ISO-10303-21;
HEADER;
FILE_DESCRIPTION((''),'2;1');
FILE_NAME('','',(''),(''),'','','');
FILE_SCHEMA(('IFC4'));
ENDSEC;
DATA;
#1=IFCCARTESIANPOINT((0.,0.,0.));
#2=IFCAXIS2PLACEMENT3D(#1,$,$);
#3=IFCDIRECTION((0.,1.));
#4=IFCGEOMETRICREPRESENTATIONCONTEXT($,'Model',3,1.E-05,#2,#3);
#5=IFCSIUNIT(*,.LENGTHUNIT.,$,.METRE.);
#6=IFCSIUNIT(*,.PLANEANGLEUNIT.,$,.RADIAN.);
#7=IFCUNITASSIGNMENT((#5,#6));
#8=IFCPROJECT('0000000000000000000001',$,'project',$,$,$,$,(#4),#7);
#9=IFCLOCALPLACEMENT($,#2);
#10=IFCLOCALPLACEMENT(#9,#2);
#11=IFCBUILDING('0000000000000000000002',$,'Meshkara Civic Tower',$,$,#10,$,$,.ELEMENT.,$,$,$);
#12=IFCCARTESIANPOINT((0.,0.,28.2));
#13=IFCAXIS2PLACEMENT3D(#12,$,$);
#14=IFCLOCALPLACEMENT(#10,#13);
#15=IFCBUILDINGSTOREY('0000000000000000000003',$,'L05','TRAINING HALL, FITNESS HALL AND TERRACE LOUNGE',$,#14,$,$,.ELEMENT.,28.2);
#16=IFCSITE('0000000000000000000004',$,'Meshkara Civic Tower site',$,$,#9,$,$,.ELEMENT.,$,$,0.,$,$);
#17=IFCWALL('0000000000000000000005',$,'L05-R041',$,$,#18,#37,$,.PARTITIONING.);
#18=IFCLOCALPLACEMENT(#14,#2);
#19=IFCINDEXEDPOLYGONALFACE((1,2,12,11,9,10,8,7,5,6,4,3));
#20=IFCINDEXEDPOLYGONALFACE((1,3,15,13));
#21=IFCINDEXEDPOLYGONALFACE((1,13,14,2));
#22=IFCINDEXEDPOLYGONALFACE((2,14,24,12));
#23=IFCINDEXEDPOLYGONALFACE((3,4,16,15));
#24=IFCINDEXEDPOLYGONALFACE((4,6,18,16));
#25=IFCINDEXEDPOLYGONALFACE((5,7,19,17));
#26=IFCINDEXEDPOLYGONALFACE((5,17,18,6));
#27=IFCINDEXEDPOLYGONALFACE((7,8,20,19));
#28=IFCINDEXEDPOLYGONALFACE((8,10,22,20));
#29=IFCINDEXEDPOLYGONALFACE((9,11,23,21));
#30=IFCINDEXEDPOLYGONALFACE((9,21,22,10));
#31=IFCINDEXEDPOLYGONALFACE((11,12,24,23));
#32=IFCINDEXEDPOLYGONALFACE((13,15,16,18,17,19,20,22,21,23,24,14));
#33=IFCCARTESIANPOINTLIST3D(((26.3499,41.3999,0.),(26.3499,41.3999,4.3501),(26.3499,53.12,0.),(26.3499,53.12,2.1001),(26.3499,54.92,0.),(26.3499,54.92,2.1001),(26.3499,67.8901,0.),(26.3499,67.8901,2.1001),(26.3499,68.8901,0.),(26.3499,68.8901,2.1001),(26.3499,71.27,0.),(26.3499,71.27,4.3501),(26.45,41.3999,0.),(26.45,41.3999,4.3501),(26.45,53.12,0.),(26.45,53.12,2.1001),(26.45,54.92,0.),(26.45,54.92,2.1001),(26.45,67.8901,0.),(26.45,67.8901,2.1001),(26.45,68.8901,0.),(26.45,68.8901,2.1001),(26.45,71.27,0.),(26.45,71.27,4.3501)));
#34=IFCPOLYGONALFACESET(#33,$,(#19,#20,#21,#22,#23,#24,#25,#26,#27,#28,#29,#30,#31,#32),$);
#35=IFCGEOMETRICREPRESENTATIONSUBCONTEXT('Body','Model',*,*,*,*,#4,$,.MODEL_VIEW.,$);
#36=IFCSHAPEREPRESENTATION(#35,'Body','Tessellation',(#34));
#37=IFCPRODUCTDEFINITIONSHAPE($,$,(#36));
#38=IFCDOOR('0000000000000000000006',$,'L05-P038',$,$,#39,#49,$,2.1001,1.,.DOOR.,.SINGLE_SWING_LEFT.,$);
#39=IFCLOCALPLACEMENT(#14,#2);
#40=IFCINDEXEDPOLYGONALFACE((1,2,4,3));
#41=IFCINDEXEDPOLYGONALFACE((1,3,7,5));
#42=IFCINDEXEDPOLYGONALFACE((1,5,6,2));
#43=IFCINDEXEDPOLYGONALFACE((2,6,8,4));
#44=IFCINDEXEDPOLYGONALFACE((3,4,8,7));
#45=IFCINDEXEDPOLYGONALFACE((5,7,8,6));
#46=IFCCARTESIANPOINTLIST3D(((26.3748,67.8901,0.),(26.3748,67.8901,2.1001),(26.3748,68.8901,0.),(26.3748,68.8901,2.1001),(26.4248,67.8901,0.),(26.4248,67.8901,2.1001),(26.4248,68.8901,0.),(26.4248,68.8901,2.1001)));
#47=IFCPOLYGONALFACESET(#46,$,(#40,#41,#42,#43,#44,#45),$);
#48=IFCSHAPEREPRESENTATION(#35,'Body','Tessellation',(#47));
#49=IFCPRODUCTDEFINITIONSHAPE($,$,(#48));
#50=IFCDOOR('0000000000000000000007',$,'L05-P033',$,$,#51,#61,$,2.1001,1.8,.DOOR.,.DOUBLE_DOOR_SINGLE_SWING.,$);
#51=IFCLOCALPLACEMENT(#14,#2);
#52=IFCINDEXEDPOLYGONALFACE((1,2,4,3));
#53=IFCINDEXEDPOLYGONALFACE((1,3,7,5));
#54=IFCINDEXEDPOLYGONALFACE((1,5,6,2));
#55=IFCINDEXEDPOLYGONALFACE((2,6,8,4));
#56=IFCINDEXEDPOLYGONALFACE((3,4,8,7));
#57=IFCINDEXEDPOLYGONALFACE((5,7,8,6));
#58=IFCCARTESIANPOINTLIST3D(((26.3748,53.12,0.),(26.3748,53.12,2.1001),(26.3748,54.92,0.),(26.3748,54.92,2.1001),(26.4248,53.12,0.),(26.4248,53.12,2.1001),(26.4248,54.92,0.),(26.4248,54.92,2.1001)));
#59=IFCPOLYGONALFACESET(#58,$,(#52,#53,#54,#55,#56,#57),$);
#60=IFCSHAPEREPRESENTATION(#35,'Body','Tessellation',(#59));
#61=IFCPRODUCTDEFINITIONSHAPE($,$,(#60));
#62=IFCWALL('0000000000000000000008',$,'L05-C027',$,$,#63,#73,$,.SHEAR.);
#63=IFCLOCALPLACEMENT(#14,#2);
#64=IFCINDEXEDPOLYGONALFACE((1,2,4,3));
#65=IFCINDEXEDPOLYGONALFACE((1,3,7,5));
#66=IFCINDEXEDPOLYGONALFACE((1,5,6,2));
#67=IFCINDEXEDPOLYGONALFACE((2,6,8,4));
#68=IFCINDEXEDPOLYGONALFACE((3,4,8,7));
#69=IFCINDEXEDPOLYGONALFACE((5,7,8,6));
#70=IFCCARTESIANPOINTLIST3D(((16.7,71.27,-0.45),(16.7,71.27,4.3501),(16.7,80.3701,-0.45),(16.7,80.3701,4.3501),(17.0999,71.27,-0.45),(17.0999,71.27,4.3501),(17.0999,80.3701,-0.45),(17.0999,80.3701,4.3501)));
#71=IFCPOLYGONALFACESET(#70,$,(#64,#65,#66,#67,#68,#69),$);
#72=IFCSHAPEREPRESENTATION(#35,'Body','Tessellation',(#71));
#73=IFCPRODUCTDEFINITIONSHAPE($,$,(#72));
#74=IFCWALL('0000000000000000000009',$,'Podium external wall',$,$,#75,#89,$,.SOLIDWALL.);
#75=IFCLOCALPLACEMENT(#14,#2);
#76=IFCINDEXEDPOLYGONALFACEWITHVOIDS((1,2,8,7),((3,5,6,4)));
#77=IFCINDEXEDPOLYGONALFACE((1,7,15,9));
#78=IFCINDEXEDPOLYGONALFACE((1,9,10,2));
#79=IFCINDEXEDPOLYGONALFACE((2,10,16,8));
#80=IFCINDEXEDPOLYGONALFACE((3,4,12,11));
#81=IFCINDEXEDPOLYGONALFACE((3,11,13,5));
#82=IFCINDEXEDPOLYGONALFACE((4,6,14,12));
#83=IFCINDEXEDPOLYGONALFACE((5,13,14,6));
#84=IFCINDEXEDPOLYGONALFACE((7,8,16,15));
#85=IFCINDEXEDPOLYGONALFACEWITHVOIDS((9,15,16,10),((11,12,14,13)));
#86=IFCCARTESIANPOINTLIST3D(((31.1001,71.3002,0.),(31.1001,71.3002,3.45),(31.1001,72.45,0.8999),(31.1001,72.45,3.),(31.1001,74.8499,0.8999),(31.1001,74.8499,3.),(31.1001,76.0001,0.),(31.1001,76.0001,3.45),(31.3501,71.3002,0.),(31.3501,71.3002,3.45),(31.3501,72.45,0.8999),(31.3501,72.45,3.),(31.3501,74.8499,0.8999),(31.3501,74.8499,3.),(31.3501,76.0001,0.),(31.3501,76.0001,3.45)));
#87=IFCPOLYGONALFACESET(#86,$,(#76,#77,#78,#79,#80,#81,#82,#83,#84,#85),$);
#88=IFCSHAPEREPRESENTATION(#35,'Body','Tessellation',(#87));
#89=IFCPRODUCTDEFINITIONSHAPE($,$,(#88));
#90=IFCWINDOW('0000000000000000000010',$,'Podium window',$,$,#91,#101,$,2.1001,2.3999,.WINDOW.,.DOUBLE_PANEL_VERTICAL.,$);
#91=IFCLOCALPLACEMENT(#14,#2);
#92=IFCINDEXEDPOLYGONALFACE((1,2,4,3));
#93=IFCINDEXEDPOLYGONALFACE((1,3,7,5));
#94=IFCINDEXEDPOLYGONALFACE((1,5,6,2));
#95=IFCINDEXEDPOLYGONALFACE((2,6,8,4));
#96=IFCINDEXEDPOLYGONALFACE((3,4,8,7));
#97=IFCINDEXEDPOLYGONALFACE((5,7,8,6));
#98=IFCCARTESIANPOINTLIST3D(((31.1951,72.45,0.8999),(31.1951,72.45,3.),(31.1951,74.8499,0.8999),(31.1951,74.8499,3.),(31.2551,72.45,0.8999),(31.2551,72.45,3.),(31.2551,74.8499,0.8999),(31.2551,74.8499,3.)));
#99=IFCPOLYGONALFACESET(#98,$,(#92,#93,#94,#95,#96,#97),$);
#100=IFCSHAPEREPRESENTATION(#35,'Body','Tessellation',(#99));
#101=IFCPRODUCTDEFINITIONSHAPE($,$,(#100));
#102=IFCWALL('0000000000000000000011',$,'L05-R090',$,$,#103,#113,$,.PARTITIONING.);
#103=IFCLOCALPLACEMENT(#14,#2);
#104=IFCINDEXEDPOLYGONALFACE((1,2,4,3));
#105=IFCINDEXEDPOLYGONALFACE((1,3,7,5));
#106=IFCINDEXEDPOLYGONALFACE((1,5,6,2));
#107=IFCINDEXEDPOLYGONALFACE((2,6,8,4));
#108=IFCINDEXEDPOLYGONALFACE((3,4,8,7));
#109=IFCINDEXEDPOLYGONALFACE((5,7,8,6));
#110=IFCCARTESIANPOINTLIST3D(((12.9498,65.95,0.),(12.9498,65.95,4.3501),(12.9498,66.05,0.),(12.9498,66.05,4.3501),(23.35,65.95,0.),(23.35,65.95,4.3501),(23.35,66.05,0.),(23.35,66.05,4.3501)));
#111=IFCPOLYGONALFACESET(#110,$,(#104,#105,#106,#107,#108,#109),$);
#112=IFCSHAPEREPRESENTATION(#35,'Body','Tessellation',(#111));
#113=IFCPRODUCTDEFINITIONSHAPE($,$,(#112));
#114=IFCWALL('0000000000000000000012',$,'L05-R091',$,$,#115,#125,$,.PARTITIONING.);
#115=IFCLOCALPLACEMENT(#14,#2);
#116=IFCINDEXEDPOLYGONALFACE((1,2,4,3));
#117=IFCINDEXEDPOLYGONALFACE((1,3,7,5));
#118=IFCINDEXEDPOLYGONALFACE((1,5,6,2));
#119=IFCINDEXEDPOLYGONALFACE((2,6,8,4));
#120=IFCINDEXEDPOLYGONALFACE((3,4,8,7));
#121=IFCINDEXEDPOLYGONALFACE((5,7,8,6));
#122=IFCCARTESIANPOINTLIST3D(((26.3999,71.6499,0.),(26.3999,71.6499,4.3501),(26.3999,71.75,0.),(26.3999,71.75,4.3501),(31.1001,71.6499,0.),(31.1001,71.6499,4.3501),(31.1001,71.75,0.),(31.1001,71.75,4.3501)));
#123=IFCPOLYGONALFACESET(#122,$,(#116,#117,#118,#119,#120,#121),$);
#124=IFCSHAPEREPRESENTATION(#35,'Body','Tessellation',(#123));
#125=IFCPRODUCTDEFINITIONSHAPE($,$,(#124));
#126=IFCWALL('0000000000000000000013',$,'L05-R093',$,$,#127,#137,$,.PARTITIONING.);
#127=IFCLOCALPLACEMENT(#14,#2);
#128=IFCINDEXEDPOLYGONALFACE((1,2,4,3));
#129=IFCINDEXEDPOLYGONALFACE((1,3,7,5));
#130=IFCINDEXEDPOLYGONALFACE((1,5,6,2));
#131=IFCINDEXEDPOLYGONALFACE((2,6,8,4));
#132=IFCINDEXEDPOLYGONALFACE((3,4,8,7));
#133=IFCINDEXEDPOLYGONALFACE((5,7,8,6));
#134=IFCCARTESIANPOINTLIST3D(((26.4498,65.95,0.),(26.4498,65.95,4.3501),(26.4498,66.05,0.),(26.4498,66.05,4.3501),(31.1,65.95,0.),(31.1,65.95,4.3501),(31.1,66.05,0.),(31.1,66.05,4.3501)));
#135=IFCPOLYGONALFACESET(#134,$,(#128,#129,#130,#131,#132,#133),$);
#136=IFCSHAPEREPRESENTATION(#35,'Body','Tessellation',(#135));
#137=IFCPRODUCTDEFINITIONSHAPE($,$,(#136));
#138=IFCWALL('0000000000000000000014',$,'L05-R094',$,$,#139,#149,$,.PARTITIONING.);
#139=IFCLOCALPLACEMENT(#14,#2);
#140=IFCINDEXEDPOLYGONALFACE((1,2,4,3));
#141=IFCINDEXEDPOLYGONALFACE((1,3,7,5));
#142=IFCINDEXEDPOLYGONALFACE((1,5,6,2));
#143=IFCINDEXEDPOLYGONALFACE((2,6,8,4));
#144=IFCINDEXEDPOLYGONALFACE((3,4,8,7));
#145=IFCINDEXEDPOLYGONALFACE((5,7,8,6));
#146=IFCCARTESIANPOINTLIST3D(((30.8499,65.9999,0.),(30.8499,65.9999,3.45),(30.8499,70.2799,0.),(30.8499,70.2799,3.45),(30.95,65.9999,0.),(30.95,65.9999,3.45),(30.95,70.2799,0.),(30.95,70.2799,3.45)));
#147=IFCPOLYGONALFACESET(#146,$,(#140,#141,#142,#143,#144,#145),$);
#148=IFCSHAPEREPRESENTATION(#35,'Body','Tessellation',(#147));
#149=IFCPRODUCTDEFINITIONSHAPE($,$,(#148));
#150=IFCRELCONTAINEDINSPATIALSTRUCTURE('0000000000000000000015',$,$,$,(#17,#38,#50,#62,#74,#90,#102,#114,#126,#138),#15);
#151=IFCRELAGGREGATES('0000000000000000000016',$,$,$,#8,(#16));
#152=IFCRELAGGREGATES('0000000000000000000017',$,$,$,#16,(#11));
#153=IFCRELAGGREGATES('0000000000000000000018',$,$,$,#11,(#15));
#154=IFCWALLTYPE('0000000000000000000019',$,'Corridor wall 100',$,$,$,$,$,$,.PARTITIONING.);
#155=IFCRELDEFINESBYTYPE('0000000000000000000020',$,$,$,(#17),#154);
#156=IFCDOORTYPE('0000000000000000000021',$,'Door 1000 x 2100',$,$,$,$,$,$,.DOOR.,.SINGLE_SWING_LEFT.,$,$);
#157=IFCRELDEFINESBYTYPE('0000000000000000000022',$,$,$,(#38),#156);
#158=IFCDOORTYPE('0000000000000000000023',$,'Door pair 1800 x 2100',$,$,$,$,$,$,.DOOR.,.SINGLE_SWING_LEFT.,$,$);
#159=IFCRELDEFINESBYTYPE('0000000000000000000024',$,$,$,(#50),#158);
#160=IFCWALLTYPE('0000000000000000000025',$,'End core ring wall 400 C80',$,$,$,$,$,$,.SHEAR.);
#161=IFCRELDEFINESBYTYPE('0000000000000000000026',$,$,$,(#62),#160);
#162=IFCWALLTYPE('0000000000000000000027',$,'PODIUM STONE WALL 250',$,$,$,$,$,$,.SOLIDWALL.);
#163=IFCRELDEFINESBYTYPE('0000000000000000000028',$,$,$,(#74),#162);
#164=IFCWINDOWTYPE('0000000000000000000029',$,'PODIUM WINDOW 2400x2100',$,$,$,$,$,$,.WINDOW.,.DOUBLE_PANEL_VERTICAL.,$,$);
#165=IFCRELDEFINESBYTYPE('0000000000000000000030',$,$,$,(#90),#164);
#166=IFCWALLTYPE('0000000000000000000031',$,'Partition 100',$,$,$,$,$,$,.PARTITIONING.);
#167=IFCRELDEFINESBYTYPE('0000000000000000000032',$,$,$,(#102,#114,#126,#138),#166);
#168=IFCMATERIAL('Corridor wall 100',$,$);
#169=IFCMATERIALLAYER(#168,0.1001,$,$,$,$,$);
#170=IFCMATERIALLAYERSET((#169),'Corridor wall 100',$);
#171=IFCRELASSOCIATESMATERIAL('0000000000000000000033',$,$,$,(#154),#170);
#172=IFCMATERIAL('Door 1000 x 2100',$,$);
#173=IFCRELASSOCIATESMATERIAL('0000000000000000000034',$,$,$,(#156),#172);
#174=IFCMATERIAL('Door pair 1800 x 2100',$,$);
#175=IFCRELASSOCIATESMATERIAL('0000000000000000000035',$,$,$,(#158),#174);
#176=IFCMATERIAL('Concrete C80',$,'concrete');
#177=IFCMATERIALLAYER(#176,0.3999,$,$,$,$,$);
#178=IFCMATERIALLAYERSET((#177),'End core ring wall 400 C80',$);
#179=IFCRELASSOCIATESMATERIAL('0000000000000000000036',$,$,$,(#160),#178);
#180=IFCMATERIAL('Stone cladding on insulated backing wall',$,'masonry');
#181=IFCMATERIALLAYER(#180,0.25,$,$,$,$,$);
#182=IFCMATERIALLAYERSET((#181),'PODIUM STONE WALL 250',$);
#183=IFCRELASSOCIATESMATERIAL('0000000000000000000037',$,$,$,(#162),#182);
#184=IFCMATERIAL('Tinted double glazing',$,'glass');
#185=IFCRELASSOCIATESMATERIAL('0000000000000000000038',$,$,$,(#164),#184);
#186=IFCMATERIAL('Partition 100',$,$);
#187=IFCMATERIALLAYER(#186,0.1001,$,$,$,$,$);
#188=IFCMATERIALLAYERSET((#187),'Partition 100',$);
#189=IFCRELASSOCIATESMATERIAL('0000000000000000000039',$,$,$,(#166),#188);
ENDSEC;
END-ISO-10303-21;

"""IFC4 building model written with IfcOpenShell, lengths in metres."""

from ifc_helpers import new_model, si_unit, direction, frame, frame_2d, origin, place, context, subcontext, project, spatial, rectangle, extrude, material, layer, layer_set, type_object, element, fill, save


model = new_model("IFC4")

# Units and contexts
model_context = context("Model", 3, precision=1e-05, world=origin(), true_north=direction((0.0, 1.0)))
body_context = subcontext(model_context, "Body", "Model", "MODEL_VIEW")
ifc_project = project(units=[si_unit("LENGTHUNIT", "METRE"), si_unit("PLANEANGLEUNIT", "RADIAN")], contexts=[model_context])

# Site, building, storey
site_placement = place(None, origin())
site = spatial("IfcSite", under=ifc_project, at=site_placement, Name="Meshkara Civic Tower site", CompositionType="ELEMENT", RefElevation=0.0)
building_placement = place(site_placement, origin())
building = spatial("IfcBuilding", under=site, at=building_placement, Name="Meshkara Civic Tower", CompositionType="ELEMENT")
storey_placement = place(building_placement, frame((0.0, 0.0, 28.2)))
storey = spatial("IfcBuildingStorey", under=building, at=storey_placement, Name="L05", Description="TRAINING HALL, FITNESS HALL AND TERRACE LOUNGE", CompositionType="ELEMENT", Elevation=28.2)

# Shared definitions
ifc_material_1 = material(Name="Corridor wall 100")
ifc_layer_1 = layer(ifc_material_1, 0.1001)
ifc_layer_set_1 = layer_set([ifc_layer_1], Name="Corridor wall 100")
wall_type_1 = type_object("IfcWallType", Name="Corridor wall 100", PredefinedType="PARTITIONING", material=ifc_layer_set_1)
ifc_material_2 = material(Name="Door 1000 x 2100")
door_type_1 = type_object("IfcDoorType", Name="Door 1000 x 2100", OperationType="SINGLE_SWING_LEFT", PredefinedType="DOOR", material=ifc_material_2)

# Wall, openings, doors
wall_1_placement = place(storey_placement, frame((26.3999, 71.27, 0.0), z_axis=(0.0, 0.0, 1.0), x_axis=(0.0, -1.0, 0.0)))
wall_1 = element("IfcWall", 1, at=wall_1_placement, inside=storey, type_object=wall_type_1, Name="L05-R041", PredefinedType="PARTITIONING", context=body_context, shape_type="SweptSolid", body=[
    extrude(rectangle(XDim=29.8701, YDim=0.1001, at=frame_2d((14.9351, 0.0))), origin(), (0.0, 0.0, 1.0), 4.3501),
])
opening_1_placement = place(wall_1_placement, frame((16.3501, 0.0, 0.0)))
opening_1 = element("IfcOpeningElement", 2, at=opening_1_placement, cuts=wall_1, PredefinedType="OPENING", context=body_context, shape_type="SweptSolid", body=[
    extrude(rectangle(XDim=1.8, YDim=2.1001, at=frame_2d((0.8999, 1.05))), frame((0.0, 0.0601, 0.0), z_axis=(0.0, -1.0, 0.0), x_axis=(1.0, 0.0, 0.0)), (0.0, 0.0, 1.0), 0.1201),
])
opening_2_placement = place(wall_1_placement, frame((2.3799, 0.0, 0.0)))
opening_2 = element("IfcOpeningElement", 3, at=opening_2_placement, cuts=wall_1, PredefinedType="OPENING", context=body_context, shape_type="SweptSolid", body=[
    extrude(rectangle(XDim=1.0, YDim=2.1001, at=frame_2d((0.5, 1.05))), frame((0.0, 0.0601, 0.0), z_axis=(0.0, -1.0, 0.0), x_axis=(1.0, 0.0, 0.0)), (0.0, 0.0, 1.0), 0.1201),
])
door_1_placement = place(opening_2_placement, origin())
door_1 = element("IfcDoor", 4, at=door_1_placement, inside=storey, type_object=door_type_1, Name="L05-P038", OperationType="SINGLE_SWING_LEFT", OverallHeight=2.1001, OverallWidth=1.0, PredefinedType="DOOR", context=body_context, shape_type="SweptSolid", body=[
    extrude(rectangle(XDim=1.0, YDim=2.1001, at=frame_2d((0.5, 1.05))), frame((0.0, 0.0249, 0.0), z_axis=(0.0, -1.0, 0.0), x_axis=(1.0, 0.0, 0.0)), (0.0, 0.0, 1.0), 0.05),
])
fill(opening_2, door_1)
ifc_material_3 = material(Name="Door pair 1800 x 2100")
door_type_2 = type_object("IfcDoorType", Name="Door pair 1800 x 2100", OperationType="SINGLE_SWING_LEFT", PredefinedType="DOOR", material=ifc_material_3)
door_2_placement = place(opening_1_placement, origin())
door_2 = element("IfcDoor", 5, at=door_2_placement, inside=storey, type_object=door_type_2, Name="L05-P033", OperationType="DOUBLE_DOOR_SINGLE_SWING", OverallHeight=2.1001, OverallWidth=1.8, PredefinedType="DOOR", context=body_context, shape_type="SweptSolid", body=[
    extrude(rectangle(XDim=1.8, YDim=2.1001, at=frame_2d((0.8999, 1.05))), frame((0.0, 0.0249, 0.0), z_axis=(0.0, -1.0, 0.0), x_axis=(1.0, 0.0, 0.0)), (0.0, 0.0, 1.0), 0.05),
])
fill(opening_1, door_2)

# Wall
ifc_material_4 = material(Name="Concrete C80", Category="concrete")
ifc_layer_2 = layer(ifc_material_4, 0.3999)
ifc_layer_set_2 = layer_set([ifc_layer_2], Name="End core ring wall 400 C80")
wall_type_2 = type_object("IfcWallType", Name="End core ring wall 400 C80", PredefinedType="SHEAR", material=ifc_layer_set_2)
wall_2_placement = place(storey_placement, frame((16.8999, 71.27, -0.45), z_axis=(0.0, 0.0, 1.0), x_axis=(0.0, 1.0, 0.0)))
element("IfcWall", 6, at=wall_2_placement, inside=storey, type_object=wall_type_2, Name="L05-C027", PredefinedType="SHEAR", context=body_context, shape_type="SweptSolid", body=[
    extrude(rectangle(XDim=9.1001, YDim=0.3999, at=frame_2d((4.55, 0.0))), origin(), (0.0, 0.0, 1.0), 4.8),
])

# Wall, opening, window
ifc_material_5 = material(Name="Stone cladding on insulated backing wall", Category="masonry")
ifc_layer_3 = layer(ifc_material_5, 0.25)
ifc_layer_set_3 = layer_set([ifc_layer_3], Name="PODIUM STONE WALL 250")
wall_type_3 = type_object("IfcWallType", Name="PODIUM STONE WALL 250", PredefinedType="SOLIDWALL", material=ifc_layer_set_3)
wall_3_placement = place(storey_placement, frame((31.2251, 71.3, 0.0), z_axis=(0.0, 0.0, 1.0), x_axis=(0.0, 1.0, 0.0)))
wall_3 = element("IfcWall", 7, at=wall_3_placement, inside=storey, type_object=wall_type_3, Name="Podium external wall", PredefinedType="SOLIDWALL", context=body_context, shape_type="SweptSolid", body=[
    extrude(rectangle(XDim=4.7, YDim=0.25, at=frame_2d((2.3501, 0.0))), origin(), (0.0, 0.0, 1.0), 3.45),
])
opening_3_placement = place(wall_3_placement, frame((1.1499, 0.0, 0.8999)))
opening_3 = element("IfcOpeningElement", 8, at=opening_3_placement, cuts=wall_3, PredefinedType="OPENING", context=body_context, shape_type="SweptSolid", body=[
    extrude(rectangle(XDim=2.3999, YDim=2.1001, at=frame_2d((1.2, 1.05))), frame((0.0, 0.135, 0.0), z_axis=(0.0, -1.0, 0.0), x_axis=(1.0, 0.0, 0.0)), (0.0, 0.0, 1.0), 0.27),
])
ifc_material_6 = material(Name="Tinted double glazing", Category="glass")
window_type = type_object("IfcWindowType", Name="PODIUM WINDOW 2400x2100", PartitioningType="DOUBLE_PANEL_VERTICAL", PredefinedType="WINDOW", material=ifc_material_6)
window_placement = place(opening_3_placement, origin())
window = element("IfcWindow", 9, at=window_placement, inside=storey, type_object=window_type, Name="Podium window", OverallHeight=2.1001, OverallWidth=2.3999, PartitioningType="DOUBLE_PANEL_VERTICAL", PredefinedType="WINDOW", context=body_context, shape_type="SweptSolid", body=[
    extrude(rectangle(XDim=2.3999, YDim=2.1001, at=frame_2d((1.2, 1.05))), frame((0.0, 0.03, 0.0), z_axis=(0.0, -1.0, 0.0), x_axis=(1.0, 0.0, 0.0)), (0.0, 0.0, 1.0), 0.0601),
])
fill(opening_3, window)

# Walls
ifc_material_7 = material(Name="Partition 100")
ifc_layer_4 = layer(ifc_material_7, 0.1001)
ifc_layer_set_4 = layer_set([ifc_layer_4], Name="Partition 100")
wall_type_4 = type_object("IfcWallType", Name="Partition 100", PredefinedType="PARTITIONING", material=ifc_layer_set_4)
wall_4_placement = place(storey_placement, frame((23.3501, 66.0, 0.0), z_axis=(0.0, 0.0, 1.0), x_axis=(-1.0, 0.0, 0.0)))
element("IfcWall", 10, at=wall_4_placement, inside=storey, type_object=wall_type_4, Name="L05-R090", PredefinedType="PARTITIONING", context=body_context, shape_type="SweptSolid", body=[
    extrude(rectangle(XDim=10.4001, YDim=0.1001, at=frame_2d((5.2002, 0.0))), origin(), (0.0, 0.0, 1.0), 4.3501),
])
wall_5_placement = place(storey_placement, frame((26.3999, 71.7, 0.0), z_axis=(0.0, 0.0, 1.0), x_axis=(1.0, 0.0, 0.0)))
element("IfcWall", 11, at=wall_5_placement, inside=storey, type_object=wall_type_4, Name="L05-R091", PredefinedType="PARTITIONING", context=body_context, shape_type="SweptSolid", body=[
    extrude(rectangle(XDim=4.7002, YDim=0.1001, at=frame_2d((2.3501, 0.0))), origin(), (0.0, 0.0, 1.0), 4.3501),
])
wall_6_placement = place(storey_placement, frame((31.1001, 66.0, 0.0), z_axis=(0.0, 0.0, 1.0), x_axis=(-1.0, 0.0, 0.0)))
element("IfcWall", 12, at=wall_6_placement, inside=storey, type_object=wall_type_4, Name="L05-R093", PredefinedType="PARTITIONING", context=body_context, shape_type="SweptSolid", body=[
    extrude(rectangle(XDim=4.6501, YDim=0.1001, at=frame_2d((2.3252, 0.0))), origin(), (0.0, 0.0, 1.0), 4.3501),
])
wall_7_placement = place(storey_placement, frame((30.8999, 70.28, 0.0), z_axis=(0.0, 0.0, 1.0), x_axis=(0.0, -1.0, 0.0)))
element("IfcWall", 13, at=wall_7_placement, inside=storey, type_object=wall_type_4, Name="L05-R094", PredefinedType="PARTITIONING", context=body_context, shape_type="SweptSolid", body=[
    extrude(rectangle(XDim=4.28, YDim=0.1001, at=frame_2d((2.1401, 0.0))), origin(), (0.0, 0.0, 1.0), 3.45),
])

save(model, "model.ifc")
